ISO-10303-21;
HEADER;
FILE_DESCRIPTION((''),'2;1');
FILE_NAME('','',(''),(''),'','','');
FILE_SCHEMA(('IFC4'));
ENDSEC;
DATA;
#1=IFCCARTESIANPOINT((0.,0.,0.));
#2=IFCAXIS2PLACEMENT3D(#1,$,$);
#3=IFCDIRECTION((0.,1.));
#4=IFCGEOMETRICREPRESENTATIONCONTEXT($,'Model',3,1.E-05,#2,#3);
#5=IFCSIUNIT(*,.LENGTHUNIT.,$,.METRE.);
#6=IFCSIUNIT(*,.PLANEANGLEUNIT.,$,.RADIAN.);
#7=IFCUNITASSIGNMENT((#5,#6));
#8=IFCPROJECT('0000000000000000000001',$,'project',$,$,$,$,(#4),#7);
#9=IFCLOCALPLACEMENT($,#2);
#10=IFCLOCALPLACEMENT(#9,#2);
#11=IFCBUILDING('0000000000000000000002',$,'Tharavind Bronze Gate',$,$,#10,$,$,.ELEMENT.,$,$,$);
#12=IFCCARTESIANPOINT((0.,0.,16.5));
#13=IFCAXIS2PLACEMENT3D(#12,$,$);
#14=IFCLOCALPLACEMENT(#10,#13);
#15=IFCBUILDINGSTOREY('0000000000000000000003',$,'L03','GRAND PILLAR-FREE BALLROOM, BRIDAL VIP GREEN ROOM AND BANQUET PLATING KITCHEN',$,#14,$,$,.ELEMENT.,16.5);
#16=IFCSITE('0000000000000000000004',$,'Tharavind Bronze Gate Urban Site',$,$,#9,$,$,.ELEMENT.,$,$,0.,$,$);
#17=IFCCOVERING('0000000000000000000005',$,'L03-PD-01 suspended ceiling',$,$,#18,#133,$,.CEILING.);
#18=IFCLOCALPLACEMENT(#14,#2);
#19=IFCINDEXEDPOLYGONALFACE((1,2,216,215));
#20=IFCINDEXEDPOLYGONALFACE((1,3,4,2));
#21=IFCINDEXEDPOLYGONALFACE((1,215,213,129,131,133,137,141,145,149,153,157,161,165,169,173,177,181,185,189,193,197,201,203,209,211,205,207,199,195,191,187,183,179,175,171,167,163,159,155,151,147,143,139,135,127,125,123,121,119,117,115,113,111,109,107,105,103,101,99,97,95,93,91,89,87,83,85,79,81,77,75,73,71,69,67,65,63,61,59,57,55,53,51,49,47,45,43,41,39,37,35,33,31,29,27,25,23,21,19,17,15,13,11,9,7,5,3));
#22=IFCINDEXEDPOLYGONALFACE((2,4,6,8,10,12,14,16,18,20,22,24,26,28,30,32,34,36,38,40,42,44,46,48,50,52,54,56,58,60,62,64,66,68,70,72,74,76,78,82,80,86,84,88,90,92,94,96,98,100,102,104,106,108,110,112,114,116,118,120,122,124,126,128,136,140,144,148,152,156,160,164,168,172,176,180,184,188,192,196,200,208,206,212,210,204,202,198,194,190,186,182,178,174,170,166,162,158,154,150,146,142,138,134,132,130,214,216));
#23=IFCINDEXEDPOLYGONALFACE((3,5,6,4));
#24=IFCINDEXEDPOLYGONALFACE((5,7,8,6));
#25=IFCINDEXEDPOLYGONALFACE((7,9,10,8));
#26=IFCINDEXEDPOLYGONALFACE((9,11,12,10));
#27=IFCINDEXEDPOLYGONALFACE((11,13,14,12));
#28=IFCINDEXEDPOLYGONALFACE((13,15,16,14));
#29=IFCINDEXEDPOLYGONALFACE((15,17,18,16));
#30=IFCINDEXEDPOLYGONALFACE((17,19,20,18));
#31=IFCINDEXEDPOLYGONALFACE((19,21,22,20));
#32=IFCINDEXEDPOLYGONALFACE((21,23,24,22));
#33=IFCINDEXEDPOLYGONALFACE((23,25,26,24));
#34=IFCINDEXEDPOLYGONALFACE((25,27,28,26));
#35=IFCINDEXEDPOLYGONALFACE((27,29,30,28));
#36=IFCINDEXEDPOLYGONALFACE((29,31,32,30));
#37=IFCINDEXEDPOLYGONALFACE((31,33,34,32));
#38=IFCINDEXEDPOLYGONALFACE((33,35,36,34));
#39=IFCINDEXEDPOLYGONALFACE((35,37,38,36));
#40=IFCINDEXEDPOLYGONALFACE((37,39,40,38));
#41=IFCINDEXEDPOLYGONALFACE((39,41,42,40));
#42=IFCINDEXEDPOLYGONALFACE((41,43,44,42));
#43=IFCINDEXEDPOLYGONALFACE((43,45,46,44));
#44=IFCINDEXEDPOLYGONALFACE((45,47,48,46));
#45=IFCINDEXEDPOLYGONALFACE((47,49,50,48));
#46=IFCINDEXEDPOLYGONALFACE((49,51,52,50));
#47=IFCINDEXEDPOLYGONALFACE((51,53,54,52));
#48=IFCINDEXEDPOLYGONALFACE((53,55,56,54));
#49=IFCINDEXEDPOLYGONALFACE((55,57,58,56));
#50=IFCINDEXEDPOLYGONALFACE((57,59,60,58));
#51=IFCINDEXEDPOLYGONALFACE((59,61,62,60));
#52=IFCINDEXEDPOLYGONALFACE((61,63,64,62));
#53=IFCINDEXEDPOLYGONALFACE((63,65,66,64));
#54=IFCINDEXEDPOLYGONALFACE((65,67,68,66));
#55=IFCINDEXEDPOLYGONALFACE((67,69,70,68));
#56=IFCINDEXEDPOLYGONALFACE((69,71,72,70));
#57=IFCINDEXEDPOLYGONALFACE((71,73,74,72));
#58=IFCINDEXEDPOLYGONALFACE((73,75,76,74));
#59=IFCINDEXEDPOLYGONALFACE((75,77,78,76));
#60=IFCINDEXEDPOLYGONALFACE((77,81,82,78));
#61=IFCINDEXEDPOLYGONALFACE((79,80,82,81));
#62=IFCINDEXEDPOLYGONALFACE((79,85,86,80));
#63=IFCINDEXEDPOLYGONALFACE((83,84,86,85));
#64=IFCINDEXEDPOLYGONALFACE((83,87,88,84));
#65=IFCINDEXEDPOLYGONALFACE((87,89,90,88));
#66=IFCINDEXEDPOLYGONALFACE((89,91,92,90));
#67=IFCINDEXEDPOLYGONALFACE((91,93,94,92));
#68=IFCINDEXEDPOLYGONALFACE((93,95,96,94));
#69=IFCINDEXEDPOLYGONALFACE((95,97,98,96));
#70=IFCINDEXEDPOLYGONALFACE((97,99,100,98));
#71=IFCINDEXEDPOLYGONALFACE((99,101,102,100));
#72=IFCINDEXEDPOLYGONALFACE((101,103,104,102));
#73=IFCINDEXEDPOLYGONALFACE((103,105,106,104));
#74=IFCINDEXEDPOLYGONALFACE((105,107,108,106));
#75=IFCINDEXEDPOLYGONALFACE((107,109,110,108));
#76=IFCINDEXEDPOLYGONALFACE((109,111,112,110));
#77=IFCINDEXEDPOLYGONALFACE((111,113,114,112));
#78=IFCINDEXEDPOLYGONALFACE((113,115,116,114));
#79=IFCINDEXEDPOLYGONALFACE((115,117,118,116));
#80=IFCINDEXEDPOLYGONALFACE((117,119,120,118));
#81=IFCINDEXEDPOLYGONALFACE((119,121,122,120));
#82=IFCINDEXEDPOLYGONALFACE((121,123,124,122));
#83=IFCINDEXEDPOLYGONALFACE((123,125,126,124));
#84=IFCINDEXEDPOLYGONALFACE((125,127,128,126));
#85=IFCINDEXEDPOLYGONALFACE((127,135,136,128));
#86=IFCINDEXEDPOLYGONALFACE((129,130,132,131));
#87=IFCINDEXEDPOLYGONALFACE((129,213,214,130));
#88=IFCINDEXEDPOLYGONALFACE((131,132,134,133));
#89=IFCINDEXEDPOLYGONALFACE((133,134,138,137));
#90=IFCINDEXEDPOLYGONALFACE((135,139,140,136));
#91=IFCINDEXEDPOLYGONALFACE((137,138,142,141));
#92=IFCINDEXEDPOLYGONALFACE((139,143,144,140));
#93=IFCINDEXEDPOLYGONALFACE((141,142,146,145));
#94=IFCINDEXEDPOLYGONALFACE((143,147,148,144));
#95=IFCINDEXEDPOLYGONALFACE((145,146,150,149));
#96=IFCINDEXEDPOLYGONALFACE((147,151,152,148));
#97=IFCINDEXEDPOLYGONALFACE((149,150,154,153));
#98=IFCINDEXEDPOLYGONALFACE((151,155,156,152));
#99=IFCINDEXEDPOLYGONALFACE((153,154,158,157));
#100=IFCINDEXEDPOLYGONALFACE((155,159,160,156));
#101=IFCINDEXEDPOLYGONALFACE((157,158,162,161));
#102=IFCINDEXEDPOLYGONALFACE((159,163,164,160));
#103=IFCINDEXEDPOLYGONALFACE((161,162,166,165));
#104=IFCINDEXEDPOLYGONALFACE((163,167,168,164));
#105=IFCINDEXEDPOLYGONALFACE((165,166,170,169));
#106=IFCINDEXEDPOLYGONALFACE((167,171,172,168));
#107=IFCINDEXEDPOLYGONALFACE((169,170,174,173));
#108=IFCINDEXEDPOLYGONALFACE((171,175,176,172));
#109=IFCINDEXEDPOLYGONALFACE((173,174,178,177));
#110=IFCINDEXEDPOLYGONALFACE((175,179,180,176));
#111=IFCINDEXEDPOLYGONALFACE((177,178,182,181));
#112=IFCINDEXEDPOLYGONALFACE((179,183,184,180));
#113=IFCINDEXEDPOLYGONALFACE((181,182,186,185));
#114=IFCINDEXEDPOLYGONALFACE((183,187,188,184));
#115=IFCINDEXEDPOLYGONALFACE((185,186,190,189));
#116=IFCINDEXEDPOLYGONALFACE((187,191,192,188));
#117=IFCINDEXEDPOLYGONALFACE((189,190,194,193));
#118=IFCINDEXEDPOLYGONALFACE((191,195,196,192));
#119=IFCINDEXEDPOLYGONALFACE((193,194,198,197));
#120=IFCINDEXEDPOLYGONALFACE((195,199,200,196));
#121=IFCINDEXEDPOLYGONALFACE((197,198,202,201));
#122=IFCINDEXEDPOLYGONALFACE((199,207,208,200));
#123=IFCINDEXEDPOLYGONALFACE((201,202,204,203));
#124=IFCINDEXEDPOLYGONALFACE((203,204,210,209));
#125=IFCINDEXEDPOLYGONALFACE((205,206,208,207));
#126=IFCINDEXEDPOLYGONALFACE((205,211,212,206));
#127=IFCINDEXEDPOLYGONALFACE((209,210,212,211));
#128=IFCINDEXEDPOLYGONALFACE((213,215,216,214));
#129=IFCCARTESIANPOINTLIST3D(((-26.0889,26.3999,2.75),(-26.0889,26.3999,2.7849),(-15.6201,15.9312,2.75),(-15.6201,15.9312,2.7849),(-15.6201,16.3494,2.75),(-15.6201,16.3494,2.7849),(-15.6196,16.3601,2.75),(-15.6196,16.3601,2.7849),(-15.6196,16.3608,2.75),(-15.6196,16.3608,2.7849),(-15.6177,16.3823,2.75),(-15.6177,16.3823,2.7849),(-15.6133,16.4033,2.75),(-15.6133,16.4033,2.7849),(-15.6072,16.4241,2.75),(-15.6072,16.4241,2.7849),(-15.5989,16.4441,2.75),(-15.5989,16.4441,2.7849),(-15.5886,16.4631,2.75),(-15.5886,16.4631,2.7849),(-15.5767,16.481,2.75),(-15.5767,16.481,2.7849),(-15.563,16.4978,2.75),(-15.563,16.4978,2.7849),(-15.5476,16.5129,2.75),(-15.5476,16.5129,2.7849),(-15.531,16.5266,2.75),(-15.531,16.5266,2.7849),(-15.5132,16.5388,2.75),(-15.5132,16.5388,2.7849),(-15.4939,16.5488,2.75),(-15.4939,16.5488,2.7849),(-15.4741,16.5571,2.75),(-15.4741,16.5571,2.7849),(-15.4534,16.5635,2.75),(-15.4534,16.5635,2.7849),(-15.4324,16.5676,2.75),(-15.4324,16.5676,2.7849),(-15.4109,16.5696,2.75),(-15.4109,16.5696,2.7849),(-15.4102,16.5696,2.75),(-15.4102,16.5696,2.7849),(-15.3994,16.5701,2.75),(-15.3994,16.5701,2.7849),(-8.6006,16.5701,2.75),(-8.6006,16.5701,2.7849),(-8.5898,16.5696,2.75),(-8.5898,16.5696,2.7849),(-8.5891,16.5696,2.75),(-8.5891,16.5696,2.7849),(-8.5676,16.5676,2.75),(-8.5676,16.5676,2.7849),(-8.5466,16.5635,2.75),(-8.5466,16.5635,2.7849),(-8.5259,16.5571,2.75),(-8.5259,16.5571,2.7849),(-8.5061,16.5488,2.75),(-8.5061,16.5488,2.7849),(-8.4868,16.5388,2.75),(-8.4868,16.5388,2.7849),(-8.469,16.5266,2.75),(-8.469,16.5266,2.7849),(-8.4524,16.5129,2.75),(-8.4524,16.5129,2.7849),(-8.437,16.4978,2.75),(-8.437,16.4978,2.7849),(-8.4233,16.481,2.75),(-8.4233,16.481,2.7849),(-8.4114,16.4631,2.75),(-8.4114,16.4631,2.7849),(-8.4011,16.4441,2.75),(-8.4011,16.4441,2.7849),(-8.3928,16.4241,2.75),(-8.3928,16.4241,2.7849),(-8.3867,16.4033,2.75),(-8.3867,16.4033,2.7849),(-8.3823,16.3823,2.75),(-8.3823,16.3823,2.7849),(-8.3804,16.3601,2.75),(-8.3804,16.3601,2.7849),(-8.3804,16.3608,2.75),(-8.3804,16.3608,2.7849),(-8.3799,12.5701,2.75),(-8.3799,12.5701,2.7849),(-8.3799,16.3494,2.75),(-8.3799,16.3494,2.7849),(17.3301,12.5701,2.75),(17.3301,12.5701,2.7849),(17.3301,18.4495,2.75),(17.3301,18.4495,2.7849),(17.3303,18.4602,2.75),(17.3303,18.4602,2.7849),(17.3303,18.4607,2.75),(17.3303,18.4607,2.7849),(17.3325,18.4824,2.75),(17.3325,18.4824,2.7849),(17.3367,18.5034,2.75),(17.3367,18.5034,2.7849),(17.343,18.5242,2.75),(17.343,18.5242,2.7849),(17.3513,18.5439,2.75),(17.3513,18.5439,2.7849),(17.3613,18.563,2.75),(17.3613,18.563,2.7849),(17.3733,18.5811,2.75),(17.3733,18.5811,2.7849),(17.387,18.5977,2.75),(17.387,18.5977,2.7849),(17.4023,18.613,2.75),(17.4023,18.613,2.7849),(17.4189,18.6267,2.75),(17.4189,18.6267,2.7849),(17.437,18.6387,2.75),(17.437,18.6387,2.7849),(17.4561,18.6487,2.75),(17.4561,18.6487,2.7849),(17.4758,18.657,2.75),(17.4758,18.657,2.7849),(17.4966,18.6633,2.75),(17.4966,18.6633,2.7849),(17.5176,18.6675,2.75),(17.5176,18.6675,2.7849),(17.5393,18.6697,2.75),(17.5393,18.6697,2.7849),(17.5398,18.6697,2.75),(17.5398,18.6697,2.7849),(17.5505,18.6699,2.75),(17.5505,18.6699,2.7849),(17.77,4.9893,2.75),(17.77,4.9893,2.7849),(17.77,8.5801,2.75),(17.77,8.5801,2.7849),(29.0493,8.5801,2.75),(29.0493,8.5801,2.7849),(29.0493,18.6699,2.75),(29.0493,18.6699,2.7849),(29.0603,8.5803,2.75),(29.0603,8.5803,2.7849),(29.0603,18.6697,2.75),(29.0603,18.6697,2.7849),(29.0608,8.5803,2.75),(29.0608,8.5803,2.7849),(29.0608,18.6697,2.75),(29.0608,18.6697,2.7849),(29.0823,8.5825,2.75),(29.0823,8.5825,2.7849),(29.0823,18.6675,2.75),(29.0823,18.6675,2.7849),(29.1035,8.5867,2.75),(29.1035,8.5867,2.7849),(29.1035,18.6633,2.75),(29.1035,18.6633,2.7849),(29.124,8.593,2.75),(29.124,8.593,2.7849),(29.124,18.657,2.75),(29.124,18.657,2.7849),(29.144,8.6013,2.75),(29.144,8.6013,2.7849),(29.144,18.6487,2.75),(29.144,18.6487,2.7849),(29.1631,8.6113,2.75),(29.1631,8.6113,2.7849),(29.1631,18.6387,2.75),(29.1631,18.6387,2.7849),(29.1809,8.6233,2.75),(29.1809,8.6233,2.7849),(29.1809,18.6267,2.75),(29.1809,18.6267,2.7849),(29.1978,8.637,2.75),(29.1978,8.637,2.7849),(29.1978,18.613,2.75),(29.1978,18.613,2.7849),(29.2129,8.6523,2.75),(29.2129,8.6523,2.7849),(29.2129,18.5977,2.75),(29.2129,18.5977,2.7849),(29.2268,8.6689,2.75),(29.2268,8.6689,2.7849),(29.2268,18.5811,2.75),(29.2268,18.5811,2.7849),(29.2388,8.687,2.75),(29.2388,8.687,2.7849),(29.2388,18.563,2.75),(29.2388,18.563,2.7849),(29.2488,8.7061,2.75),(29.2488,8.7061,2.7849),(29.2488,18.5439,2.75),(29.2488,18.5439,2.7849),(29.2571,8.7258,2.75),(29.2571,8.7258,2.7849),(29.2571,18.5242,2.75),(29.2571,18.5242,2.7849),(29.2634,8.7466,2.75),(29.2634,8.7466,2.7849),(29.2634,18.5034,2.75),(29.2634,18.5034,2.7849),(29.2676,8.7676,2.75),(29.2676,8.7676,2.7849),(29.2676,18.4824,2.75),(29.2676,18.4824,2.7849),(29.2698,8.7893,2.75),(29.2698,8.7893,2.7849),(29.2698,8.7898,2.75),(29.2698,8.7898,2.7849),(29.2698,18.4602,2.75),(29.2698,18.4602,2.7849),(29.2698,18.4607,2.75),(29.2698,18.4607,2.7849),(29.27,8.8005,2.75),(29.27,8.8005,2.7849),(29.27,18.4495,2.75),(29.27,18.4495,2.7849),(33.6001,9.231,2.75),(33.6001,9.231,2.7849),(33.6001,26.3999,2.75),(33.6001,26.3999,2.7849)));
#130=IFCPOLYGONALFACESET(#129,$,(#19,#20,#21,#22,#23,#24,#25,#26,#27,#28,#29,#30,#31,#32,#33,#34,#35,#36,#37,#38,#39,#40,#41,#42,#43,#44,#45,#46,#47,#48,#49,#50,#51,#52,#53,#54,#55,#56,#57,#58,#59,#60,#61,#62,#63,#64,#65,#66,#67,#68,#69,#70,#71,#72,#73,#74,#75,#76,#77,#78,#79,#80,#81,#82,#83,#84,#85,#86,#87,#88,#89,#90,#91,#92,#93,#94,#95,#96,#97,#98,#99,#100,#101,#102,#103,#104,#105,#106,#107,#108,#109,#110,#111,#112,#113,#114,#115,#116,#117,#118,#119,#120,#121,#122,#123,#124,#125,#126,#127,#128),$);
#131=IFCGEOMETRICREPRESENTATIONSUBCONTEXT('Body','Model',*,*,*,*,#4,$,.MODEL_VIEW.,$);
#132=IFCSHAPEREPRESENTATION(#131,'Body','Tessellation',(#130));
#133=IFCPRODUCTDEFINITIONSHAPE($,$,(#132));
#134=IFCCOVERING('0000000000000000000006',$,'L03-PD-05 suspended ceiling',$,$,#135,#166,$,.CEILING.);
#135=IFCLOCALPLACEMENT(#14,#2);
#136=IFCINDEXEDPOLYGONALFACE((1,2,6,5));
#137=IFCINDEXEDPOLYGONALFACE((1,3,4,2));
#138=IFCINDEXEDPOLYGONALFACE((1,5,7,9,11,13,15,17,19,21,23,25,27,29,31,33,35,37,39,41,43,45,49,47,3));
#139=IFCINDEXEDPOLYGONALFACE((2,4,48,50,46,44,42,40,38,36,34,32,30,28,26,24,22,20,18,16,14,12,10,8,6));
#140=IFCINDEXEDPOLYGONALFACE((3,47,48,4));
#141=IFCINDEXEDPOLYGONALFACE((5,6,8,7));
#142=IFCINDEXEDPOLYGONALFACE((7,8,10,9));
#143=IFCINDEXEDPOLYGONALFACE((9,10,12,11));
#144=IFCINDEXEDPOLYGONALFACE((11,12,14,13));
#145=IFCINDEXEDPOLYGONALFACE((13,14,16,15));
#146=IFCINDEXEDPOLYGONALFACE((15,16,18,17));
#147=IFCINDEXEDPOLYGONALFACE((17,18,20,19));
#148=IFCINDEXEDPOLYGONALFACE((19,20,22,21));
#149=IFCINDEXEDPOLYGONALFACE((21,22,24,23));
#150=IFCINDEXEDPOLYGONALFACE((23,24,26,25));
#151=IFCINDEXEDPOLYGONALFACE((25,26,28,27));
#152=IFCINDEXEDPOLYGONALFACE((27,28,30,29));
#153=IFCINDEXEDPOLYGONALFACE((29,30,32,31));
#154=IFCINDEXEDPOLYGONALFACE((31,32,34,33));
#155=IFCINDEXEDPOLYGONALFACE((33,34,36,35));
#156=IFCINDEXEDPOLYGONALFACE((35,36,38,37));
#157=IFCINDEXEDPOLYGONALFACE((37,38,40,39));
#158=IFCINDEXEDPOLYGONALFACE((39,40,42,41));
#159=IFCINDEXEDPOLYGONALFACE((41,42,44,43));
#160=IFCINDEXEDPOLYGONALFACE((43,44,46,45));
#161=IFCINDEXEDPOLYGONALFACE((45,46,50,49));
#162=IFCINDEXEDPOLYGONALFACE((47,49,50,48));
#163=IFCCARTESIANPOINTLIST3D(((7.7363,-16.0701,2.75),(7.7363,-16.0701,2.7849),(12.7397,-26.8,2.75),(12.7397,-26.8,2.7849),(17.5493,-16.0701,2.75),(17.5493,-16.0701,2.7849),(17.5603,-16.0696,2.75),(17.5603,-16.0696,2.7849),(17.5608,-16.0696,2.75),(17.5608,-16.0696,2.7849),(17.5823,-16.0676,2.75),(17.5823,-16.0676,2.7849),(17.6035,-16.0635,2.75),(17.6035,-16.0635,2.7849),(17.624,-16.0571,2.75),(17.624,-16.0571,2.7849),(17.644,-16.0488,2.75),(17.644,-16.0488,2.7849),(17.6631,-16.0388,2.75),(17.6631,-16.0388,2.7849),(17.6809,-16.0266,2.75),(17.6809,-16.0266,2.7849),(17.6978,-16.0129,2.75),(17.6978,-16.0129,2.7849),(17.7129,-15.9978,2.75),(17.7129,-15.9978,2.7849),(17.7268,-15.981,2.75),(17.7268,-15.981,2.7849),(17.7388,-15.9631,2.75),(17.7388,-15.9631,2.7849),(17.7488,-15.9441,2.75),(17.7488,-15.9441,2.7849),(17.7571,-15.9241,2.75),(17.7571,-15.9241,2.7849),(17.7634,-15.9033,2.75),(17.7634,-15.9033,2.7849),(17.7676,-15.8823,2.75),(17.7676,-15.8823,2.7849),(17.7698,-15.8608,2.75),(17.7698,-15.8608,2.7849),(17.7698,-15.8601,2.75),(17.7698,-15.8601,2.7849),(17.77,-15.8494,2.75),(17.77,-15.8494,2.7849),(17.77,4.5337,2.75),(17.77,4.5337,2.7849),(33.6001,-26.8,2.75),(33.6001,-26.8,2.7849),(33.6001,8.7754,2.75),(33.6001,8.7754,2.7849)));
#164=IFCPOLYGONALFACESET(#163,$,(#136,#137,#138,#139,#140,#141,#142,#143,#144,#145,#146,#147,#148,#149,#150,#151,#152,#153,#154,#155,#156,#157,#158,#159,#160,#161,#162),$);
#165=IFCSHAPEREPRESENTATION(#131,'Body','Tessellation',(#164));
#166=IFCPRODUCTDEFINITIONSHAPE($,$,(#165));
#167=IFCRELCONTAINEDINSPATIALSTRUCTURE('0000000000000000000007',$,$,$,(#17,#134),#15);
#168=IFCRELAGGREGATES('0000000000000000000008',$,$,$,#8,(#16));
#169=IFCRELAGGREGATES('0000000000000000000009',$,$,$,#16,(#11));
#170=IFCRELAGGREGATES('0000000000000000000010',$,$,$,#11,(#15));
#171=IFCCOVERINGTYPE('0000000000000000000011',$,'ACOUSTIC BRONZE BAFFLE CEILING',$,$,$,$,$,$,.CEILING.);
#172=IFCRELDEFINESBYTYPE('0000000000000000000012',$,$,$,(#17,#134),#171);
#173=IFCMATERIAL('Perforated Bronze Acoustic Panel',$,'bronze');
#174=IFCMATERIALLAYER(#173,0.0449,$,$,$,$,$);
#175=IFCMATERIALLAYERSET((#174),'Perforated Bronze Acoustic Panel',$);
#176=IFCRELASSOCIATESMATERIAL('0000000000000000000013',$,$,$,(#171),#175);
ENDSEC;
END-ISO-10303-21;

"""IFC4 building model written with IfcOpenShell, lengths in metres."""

from ifc_helpers import new_model, si_unit, direction, frame, origin, place, context, subcontext, project, spatial, polyline, outline, extrude, material, layer, layer_set, type_object, element, save


model = new_model("IFC4")

# Units and contexts
model_context = context("Model", 3, precision=1e-05, world=origin(), true_north=direction((0.0, 1.0)))
body_context = subcontext(model_context, "Body", "Model", "MODEL_VIEW")
ifc_project = project(units=[si_unit("LENGTHUNIT", "METRE"), si_unit("PLANEANGLEUNIT", "RADIAN")], contexts=[model_context])

# Site, building, storey
site_placement = place(None, origin())
site = spatial("IfcSite", under=ifc_project, at=site_placement, Name="Tharavind Bronze Gate Urban Site", CompositionType="ELEMENT", RefElevation=0.0)
building_placement = place(site_placement, origin())
building = spatial("IfcBuilding", under=site, at=building_placement, Name="Tharavind Bronze Gate", CompositionType="ELEMENT")
storey_placement = place(building_placement, frame((0.0, 0.0, 16.5)))
storey = spatial("IfcBuildingStorey", under=building, at=storey_placement, Name="L03", Description="GRAND PILLAR-FREE BALLROOM, BRIDAL VIP GREEN ROOM AND BANQUET PLATING KITCHEN", CompositionType="ELEMENT", Elevation=16.5)

# Coverings
ifc_material_1 = material(Name="Perforated Bronze Acoustic Panel", Category="bronze")
ifc_layer_1 = layer(ifc_material_1, 0.0449)
ifc_layer_set_1 = layer_set([ifc_layer_1], Name="Perforated Bronze Acoustic Panel")
covering_type_1 = type_object("IfcCoveringType", Name="ACOUSTIC BRONZE BAFFLE CEILING", PredefinedType="CEILING", material=ifc_layer_set_1)
covering_1_placement = place(storey_placement, frame((0.0, 0.0, 2.75)))
element("IfcCovering", 1, at=covering_1_placement, inside=storey, type_object=covering_type_1, Name="L03-PD-01 suspended ceiling", PredefinedType="CEILING", context=body_context, shape_type="SweptSolid", body=[
    extrude(outline(polyline([(-15.6201, 15.9312), (-15.6201, 16.3494), (-15.6196, 16.3601), (-15.6196, 16.3608), (-15.6177, 16.3823), (-15.6133, 16.4033), (-15.6072, 16.4241), (-15.5989, 16.4441), (-15.5886, 16.4631), (-15.5767, 16.481), (-15.563, 16.4978), (-15.5476, 16.5129), (-15.531, 16.5266), (-15.5132, 16.5388), (-15.4939, 16.5488), (-15.4741, 16.5571), (-15.4534, 16.5635), (-15.4324, 16.5676), (-15.4109, 16.5696), (-15.4102, 16.5696), (-15.3994, 16.5701), (-8.6006, 16.5701), (-8.5898, 16.5696), (-8.5891, 16.5696), (-8.5676, 16.5676), (-8.5466, 16.5635), (-8.5259, 16.5571), (-8.5061, 16.5488), (-8.4868, 16.5388), (-8.469, 16.5266), (-8.4524, 16.5129), (-8.437, 16.4978), (-8.4233, 16.481), (-8.4114, 16.4631), (-8.4011, 16.4441), (-8.3928, 16.4241), (-8.3867, 16.4033), (-8.3823, 16.3823), (-8.3804, 16.3608), (-8.3804, 16.3601), (-8.3799, 16.3494), (-8.3799, 12.5701), (17.3301, 12.5701), (17.3301, 18.4495), (17.3303, 18.4602), (17.3303, 18.4607), (17.3325, 18.4824), (17.3367, 18.5034), (17.343, 18.5242), (17.3513, 18.5439), (17.3613, 18.563), (17.3733, 18.5811), (17.387, 18.5977), (17.4023, 18.613), (17.4189, 18.6267), (17.437, 18.6387), (17.4561, 18.6487), (17.4758, 18.657), (17.4966, 18.6633), (17.5176, 18.6675), (17.5393, 18.6697), (17.5398, 18.6697), (17.5505, 18.6699), (29.0493, 18.6699), (29.0603, 18.6697), (29.0608, 18.6697), (29.0823, 18.6675), (29.1035, 18.6633), (29.124, 18.657), (29.144, 18.6487), (29.1631, 18.6387), (29.1809, 18.6267), (29.1978, 18.613), (29.2129, 18.5977), (29.2268, 18.5811), (29.2388, 18.563), (29.2488, 18.5439), (29.2571, 18.5242), (29.2634, 18.5034), (29.2676, 18.4824), (29.2698, 18.4607), (29.2698, 18.4602), (29.27, 18.4495), (29.27, 8.8005), (29.2698, 8.7898), (29.2698, 8.7893), (29.2676, 8.7676), (29.2634, 8.7466), (29.2571, 8.7258), (29.2488, 8.7061), (29.2388, 8.687), (29.2268, 8.6689), (29.2129, 8.6523), (29.1978, 8.637), (29.1809, 8.6233), (29.1631, 8.6113), (29.144, 8.6013), (29.124, 8.593), (29.1035, 8.5867), (29.0823, 8.5825), (29.0608, 8.5803), (29.0603, 8.5803), (29.0493, 8.5801), (17.77, 8.5801), (17.77, 4.9893), (33.6001, 9.231), (33.6001, 26.3999), (-26.0889, 26.3999), (-15.6201, 15.9312)])), origin(), (0.0, 0.0, 1.0), 0.0349),
])
covering_2_placement = place(storey_placement, frame((0.0, 0.0, 2.75)))
element("IfcCovering", 2, at=covering_2_placement, inside=storey, type_object=covering_type_1, Name="L03-PD-05 suspended ceiling", PredefinedType="CEILING", context=body_context, shape_type="SweptSolid", body=[
    extrude(outline(polyline([(12.7397, -26.8), (33.6001, -26.8), (33.6001, 8.7754), (17.77, 4.5337), (17.77, -15.8494), (17.7698, -15.8601), (17.7698, -15.8608), (17.7676, -15.8823), (17.7634, -15.9033), (17.7571, -15.9241), (17.7488, -15.9441), (17.7388, -15.9631), (17.7268, -15.981), (17.7129, -15.9978), (17.6978, -16.0129), (17.6809, -16.0266), (17.6631, -16.0388), (17.644, -16.0488), (17.624, -16.0571), (17.6035, -16.0635), (17.5823, -16.0676), (17.5608, -16.0696), (17.5603, -16.0696), (17.5493, -16.0701), (7.7363, -16.0701), (12.7397, -26.8)])), origin(), (0.0, 0.0, 1.0), 0.0349),
])

save(model, "model.ifc")
